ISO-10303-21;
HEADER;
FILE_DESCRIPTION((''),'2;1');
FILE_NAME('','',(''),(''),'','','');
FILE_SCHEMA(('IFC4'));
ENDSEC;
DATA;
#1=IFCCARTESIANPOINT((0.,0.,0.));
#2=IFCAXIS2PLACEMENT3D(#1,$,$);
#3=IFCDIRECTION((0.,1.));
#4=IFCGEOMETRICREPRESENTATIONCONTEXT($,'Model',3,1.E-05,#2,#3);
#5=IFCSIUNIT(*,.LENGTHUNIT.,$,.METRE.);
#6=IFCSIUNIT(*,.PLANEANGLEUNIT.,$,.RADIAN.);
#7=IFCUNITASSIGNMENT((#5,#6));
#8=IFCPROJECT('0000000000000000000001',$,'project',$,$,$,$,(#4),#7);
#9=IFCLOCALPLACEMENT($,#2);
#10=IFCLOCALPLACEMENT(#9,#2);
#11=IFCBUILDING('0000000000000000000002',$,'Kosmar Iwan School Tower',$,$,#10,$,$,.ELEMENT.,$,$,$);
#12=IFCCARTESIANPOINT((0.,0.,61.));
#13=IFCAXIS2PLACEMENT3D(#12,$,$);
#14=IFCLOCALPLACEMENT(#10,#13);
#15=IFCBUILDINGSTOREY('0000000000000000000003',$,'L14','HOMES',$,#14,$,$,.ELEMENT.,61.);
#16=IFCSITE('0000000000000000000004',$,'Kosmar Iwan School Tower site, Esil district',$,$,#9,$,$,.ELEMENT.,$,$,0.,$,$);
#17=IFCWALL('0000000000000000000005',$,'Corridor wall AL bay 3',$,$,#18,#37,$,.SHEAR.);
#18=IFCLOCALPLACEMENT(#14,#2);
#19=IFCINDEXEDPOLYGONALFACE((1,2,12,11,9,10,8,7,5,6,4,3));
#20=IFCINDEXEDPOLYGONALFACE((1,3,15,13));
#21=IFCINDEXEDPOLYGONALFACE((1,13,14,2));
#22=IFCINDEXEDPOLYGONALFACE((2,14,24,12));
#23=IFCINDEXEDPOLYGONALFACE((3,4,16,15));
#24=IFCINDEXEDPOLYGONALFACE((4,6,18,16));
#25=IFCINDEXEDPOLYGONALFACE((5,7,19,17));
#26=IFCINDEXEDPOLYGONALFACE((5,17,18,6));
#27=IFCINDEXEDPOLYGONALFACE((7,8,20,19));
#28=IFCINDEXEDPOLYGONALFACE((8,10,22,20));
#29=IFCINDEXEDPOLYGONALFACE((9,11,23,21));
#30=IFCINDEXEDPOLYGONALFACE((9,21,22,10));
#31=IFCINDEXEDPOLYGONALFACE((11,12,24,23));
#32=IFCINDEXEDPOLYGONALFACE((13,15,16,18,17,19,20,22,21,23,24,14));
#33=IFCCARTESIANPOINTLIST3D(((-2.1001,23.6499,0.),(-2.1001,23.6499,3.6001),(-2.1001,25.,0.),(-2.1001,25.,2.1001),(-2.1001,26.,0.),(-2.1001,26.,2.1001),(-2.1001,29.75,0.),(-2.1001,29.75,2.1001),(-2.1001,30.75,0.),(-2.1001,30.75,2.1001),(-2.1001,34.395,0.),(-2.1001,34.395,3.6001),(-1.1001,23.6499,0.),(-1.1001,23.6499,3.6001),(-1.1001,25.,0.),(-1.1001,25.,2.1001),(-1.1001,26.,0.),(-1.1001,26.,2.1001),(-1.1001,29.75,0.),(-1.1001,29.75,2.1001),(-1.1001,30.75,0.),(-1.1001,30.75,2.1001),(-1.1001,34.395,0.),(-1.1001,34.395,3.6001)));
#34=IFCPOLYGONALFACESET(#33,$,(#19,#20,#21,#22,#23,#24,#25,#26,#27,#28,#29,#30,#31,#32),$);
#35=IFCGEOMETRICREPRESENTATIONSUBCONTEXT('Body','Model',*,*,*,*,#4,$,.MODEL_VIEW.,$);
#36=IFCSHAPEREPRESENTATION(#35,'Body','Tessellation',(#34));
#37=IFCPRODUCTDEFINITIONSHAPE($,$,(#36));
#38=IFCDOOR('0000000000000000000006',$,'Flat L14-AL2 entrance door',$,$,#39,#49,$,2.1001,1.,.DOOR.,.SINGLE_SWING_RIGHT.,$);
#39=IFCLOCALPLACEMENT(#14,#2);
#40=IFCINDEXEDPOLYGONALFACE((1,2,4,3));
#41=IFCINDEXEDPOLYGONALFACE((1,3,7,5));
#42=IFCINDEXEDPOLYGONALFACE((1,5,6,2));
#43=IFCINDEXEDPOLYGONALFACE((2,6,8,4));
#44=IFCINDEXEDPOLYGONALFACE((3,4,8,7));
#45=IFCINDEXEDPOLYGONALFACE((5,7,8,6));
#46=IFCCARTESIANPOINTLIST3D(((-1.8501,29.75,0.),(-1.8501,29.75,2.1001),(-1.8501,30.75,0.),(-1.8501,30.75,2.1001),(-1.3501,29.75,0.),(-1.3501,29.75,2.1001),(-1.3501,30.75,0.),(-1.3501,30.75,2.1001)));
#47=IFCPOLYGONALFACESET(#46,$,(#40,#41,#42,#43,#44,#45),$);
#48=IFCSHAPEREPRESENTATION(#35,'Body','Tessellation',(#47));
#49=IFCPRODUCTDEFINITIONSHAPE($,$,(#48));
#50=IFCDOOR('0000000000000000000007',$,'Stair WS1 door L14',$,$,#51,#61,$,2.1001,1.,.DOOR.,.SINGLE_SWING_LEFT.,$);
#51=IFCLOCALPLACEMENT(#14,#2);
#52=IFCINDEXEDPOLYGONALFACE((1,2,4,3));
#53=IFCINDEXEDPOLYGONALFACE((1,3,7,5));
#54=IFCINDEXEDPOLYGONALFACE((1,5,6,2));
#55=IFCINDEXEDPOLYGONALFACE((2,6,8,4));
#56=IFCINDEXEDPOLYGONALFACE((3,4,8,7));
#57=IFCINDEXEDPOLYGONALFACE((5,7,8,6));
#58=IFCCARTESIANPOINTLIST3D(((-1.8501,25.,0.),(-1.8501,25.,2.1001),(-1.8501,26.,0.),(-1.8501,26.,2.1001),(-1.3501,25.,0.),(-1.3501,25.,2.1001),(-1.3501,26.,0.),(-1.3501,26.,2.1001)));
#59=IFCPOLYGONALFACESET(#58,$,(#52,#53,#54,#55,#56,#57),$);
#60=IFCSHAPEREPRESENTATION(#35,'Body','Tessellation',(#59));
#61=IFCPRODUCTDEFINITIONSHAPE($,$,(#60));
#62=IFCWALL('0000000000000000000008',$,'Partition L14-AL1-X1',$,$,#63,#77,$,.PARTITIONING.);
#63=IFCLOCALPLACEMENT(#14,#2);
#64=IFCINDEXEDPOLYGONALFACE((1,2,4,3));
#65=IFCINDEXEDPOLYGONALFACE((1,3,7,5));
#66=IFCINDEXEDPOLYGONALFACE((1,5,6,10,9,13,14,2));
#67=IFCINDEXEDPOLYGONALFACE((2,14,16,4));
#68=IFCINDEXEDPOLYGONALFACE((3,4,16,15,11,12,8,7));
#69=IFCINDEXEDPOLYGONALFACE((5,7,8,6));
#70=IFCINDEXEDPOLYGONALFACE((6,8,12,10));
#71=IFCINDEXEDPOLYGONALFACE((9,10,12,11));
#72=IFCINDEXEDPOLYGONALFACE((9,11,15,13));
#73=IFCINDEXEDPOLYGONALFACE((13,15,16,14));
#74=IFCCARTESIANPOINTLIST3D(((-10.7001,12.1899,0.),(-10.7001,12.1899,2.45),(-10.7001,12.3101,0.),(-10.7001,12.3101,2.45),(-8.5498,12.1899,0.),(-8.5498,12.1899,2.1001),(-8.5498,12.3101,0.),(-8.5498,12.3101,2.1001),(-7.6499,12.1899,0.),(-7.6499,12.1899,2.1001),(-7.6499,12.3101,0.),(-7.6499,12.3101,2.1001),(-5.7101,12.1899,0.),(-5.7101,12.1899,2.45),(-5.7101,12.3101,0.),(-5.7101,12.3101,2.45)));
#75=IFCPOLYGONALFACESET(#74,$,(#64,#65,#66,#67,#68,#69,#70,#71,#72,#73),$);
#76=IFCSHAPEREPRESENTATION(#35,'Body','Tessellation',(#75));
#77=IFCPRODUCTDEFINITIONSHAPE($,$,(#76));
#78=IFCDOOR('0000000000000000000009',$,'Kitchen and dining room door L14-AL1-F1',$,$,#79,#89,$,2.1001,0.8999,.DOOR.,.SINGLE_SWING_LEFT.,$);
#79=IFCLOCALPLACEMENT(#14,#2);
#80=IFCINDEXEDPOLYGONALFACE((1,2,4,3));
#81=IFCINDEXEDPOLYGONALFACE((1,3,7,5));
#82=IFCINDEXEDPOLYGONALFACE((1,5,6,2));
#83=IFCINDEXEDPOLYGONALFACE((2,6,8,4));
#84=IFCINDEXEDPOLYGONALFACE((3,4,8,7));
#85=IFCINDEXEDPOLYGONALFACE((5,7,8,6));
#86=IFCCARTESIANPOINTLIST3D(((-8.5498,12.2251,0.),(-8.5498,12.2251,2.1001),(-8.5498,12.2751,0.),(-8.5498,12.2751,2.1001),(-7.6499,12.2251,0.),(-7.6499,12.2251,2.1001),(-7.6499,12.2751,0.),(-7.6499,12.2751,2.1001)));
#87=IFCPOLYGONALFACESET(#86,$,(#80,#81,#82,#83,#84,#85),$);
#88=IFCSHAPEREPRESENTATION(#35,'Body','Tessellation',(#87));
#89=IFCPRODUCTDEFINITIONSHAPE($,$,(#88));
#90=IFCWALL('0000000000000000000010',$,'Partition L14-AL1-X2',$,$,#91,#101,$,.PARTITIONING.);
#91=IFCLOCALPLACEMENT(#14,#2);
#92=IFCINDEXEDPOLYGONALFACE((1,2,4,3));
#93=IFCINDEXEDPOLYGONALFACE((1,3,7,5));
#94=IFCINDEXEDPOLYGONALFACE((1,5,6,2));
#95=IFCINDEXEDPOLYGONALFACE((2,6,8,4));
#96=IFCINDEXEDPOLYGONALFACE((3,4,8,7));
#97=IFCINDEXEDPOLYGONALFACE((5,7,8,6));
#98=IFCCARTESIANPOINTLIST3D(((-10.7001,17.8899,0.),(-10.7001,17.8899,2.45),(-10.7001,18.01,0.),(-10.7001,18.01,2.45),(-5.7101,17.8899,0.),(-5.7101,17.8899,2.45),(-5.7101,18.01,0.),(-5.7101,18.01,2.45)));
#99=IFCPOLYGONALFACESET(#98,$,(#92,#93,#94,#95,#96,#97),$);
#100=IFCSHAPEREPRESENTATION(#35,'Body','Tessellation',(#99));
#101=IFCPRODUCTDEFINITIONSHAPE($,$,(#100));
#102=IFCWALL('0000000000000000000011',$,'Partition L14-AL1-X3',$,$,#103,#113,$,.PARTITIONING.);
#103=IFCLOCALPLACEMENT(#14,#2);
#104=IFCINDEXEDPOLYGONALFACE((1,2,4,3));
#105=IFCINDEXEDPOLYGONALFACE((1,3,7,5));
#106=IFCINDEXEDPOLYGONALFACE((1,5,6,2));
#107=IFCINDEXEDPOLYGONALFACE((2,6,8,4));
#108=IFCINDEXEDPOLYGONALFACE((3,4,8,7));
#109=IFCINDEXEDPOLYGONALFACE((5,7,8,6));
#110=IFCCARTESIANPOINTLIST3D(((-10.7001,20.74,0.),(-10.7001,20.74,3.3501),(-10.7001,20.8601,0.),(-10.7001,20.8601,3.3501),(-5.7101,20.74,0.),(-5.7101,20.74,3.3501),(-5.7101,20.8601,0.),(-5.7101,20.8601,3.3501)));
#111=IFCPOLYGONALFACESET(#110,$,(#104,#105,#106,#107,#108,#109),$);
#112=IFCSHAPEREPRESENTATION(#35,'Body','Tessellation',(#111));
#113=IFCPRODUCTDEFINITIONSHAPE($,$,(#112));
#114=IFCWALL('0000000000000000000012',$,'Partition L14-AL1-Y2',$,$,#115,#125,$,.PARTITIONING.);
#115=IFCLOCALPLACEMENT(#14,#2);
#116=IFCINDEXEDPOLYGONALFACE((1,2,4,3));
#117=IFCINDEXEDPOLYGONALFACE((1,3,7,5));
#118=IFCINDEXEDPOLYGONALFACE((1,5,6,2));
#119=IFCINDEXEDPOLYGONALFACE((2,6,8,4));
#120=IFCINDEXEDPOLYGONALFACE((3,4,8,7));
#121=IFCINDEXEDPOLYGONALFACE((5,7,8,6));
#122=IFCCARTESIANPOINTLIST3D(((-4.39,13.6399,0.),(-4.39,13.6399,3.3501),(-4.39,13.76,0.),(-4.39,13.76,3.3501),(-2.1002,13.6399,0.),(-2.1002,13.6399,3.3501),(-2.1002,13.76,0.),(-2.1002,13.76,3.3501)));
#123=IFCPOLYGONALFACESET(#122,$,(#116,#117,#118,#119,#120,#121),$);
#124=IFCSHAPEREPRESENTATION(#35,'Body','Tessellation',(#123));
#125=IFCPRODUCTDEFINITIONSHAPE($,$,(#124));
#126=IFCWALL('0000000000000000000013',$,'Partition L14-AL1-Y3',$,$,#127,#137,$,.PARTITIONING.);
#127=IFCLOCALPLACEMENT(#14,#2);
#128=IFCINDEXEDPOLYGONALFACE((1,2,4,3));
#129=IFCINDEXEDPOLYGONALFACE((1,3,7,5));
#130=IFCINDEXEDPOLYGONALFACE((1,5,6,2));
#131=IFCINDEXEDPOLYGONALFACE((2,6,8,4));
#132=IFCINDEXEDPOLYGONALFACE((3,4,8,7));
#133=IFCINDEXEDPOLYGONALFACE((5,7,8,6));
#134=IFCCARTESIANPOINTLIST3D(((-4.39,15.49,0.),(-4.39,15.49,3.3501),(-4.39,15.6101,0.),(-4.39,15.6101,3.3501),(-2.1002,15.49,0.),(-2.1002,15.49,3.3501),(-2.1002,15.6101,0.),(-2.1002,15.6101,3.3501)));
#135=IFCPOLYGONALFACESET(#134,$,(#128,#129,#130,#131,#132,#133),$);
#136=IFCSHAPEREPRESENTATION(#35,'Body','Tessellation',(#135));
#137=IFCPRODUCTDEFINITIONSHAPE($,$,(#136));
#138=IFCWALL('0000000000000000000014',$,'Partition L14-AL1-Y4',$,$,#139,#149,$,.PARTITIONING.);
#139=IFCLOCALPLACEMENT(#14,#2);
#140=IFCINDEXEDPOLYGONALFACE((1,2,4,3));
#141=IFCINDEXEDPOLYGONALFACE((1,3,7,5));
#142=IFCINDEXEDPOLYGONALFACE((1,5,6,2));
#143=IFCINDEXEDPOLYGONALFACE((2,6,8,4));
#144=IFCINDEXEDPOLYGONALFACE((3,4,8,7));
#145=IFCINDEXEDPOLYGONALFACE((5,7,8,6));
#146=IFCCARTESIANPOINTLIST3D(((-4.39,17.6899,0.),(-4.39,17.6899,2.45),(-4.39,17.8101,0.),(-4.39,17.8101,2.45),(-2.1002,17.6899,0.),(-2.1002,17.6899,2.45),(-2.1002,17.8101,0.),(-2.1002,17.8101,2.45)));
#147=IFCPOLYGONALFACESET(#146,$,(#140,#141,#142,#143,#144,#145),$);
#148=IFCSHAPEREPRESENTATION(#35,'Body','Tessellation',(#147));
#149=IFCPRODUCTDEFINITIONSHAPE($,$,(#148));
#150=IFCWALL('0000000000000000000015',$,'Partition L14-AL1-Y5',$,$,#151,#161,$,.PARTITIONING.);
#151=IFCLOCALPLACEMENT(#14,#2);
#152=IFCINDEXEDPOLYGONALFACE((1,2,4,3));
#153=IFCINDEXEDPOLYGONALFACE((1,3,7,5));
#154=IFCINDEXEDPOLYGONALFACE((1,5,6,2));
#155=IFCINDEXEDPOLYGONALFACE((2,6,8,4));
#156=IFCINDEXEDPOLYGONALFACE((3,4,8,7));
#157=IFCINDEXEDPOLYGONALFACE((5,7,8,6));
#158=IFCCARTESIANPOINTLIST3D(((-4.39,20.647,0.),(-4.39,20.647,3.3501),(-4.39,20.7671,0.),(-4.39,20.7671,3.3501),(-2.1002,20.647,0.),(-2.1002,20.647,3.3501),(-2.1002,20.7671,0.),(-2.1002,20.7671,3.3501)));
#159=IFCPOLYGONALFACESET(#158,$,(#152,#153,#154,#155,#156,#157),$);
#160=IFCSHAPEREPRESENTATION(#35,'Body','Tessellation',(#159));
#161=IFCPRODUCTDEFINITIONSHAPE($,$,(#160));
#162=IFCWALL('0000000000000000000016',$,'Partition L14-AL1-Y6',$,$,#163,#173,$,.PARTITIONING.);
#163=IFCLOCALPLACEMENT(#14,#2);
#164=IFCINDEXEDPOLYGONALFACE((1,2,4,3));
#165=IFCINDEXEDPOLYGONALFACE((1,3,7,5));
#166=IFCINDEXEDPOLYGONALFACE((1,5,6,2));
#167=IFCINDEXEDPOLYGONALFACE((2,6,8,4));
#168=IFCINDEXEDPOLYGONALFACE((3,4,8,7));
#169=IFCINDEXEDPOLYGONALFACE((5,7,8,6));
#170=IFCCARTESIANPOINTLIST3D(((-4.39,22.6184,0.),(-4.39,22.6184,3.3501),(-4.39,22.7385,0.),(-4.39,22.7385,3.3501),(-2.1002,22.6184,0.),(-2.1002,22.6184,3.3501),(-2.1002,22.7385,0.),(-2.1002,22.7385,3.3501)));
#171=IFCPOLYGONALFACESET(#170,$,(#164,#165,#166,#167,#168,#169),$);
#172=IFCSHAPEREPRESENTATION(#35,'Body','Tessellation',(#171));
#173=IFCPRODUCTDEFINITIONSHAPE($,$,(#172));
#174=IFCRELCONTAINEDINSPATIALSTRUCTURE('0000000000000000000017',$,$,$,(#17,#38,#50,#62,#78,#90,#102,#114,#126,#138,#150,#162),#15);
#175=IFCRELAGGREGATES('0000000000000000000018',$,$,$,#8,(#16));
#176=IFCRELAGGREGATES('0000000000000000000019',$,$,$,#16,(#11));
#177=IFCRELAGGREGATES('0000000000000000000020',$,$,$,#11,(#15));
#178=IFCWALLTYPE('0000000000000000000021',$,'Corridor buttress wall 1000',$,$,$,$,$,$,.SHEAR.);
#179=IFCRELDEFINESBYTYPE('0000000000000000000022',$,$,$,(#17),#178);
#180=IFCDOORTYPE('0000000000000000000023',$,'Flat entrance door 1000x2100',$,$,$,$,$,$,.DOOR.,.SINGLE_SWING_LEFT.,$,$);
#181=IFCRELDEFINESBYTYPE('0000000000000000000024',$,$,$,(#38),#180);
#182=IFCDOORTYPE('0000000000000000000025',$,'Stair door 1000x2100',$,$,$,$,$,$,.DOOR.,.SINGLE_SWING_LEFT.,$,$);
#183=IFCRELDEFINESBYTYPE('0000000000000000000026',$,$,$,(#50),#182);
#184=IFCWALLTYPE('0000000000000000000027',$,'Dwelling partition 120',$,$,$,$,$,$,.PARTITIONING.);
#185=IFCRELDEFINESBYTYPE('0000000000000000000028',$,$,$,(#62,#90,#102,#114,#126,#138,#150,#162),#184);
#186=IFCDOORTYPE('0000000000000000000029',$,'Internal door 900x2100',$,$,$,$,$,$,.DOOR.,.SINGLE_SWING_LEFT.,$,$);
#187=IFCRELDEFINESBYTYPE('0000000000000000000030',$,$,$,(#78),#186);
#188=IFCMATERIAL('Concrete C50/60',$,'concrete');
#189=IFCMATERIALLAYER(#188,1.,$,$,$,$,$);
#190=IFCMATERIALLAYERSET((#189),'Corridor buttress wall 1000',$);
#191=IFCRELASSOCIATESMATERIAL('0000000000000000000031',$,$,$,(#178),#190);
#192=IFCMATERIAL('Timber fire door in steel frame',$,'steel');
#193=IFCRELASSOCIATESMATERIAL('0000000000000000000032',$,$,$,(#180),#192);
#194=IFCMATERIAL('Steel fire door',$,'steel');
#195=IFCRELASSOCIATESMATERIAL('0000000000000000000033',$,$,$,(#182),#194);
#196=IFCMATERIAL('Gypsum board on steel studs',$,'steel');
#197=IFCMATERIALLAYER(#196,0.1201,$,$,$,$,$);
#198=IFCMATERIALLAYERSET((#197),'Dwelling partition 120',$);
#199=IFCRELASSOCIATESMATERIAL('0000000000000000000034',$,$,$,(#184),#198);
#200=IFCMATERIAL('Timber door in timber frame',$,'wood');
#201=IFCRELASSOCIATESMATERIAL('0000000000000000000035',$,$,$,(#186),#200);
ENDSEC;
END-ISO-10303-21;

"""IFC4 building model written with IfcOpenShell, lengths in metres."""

from ifc_helpers import new_model, si_unit, direction, frame, frame_2d, origin, place, context, subcontext, project, spatial, rectangle, extrude, material, layer, layer_set, type_object, element, fill, save


model = new_model("IFC4")

# Units and contexts
model_context = context("Model", 3, precision=1e-05, world=origin(), true_north=direction((0.0, 1.0)))
body_context = subcontext(model_context, "Body", "Model", "MODEL_VIEW")
ifc_project = project(units=[si_unit("LENGTHUNIT", "METRE"), si_unit("PLANEANGLEUNIT", "RADIAN")], contexts=[model_context])

# Site, building, storey
site_placement = place(None, origin())
site = spatial("IfcSite", under=ifc_project, at=site_placement, Name="Kosmar Iwan School Tower site, Esil district", CompositionType="ELEMENT", RefElevation=0.0)
building_placement = place(site_placement, origin())
building = spatial("IfcBuilding", under=site, at=building_placement, Name="Kosmar Iwan School Tower", CompositionType="ELEMENT")
storey_placement = place(building_placement, frame((0.0, 0.0, 61.0)))
storey = spatial("IfcBuildingStorey", under=building, at=storey_placement, Name="L14", Description="HOMES", CompositionType="ELEMENT", Elevation=61.0)

# Shared definitions
ifc_material_1 = material(Name="Concrete C50/60", Category="concrete")
ifc_layer_1 = layer(ifc_material_1, 1.0)
ifc_layer_set_1 = layer_set([ifc_layer_1], Name="Corridor buttress wall 1000")
wall_type_1 = type_object("IfcWallType", Name="Corridor buttress wall 1000", PredefinedType="SHEAR", material=ifc_layer_set_1)

# Wall, openings, doors
wall_1_placement = place(storey_placement, frame((-1.6001, 23.6499, 0.0), z_axis=(0.0, 0.0, 1.0), x_axis=(0.0, 1.0, 0.0)))
wall_1 = element("IfcWall", 1, at=wall_1_placement, inside=storey, type_object=wall_type_1, Name="Corridor wall AL bay 3", PredefinedType="SHEAR", context=body_context, shape_type="SweptSolid", body=[
    extrude(rectangle(XDim=10.7451, YDim=1.0, at=frame_2d((5.3726, 0.0))), origin(), (0.0, 0.0, 1.0), 3.6001),
])
opening_1_placement = place(wall_1_placement, frame((6.1001, 0.0, 0.0)))
opening_1 = element("IfcOpeningElement", 2, at=opening_1_placement, cuts=wall_1, PredefinedType="OPENING", context=body_context, shape_type="SweptSolid", body=[
    extrude(rectangle(XDim=1.0, YDim=2.1001, at=frame_2d((0.5, 1.05))), frame((0.0, 0.512, 0.0), z_axis=(0.0, -1.0, 0.0), x_axis=(1.0, 0.0, 0.0)), (0.0, 0.0, 1.0), 1.0239),
])
opening_2_placement = place(wall_1_placement, frame((1.3501, 0.0, 0.0)))
opening_2 = element("IfcOpeningElement", 3, at=opening_2_placement, cuts=wall_1, PredefinedType="OPENING", context=body_context, shape_type="SweptSolid", body=[
    extrude(rectangle(XDim=1.0, YDim=2.1001, at=frame_2d((0.5, 1.05))), frame((0.0, 0.512, 0.0), z_axis=(0.0, -1.0, 0.0), x_axis=(1.0, 0.0, 0.0)), (0.0, 0.0, 1.0), 1.0239),
])
ifc_material_2 = material(Name="Timber fire door in steel frame", Category="steel")
door_type_1 = type_object("IfcDoorType", Name="Flat entrance door 1000x2100", OperationType="SINGLE_SWING_LEFT", PredefinedType="DOOR", material=ifc_material_2)
door_1_placement = place(opening_1_placement, origin())
door_1 = element("IfcDoor", 4, at=door_1_placement, inside=storey, type_object=door_type_1, Name="Flat L14-AL2 entrance door", OperationType="SINGLE_SWING_RIGHT", OverallHeight=2.1001, OverallWidth=1.0, PredefinedType="DOOR", context=body_context, shape_type="SweptSolid", body=[
    extrude(rectangle(XDim=1.0, YDim=2.1001, at=frame_2d((0.5, 1.05))), frame((0.0, 0.25, 0.0), z_axis=(0.0, -1.0, 0.0), x_axis=(1.0, 0.0, 0.0)), (0.0, 0.0, 1.0), 0.5),
])
fill(opening_1, door_1)
ifc_material_3 = material(Name="Steel fire door", Category="steel")
door_type_2 = type_object("IfcDoorType", Name="Stair door 1000x2100", OperationType="SINGLE_SWING_LEFT", PredefinedType="DOOR", material=ifc_material_3)
door_2_placement = place(opening_2_placement, origin())
door_2 = element("IfcDoor", 5, at=door_2_placement, inside=storey, type_object=door_type_2, Name="Stair WS1 door L14", OperationType="SINGLE_SWING_LEFT", OverallHeight=2.1001, OverallWidth=1.0, PredefinedType="DOOR", context=body_context, shape_type="SweptSolid", body=[
    extrude(rectangle(XDim=1.0, YDim=2.1001, at=frame_2d((0.5, 1.05))), frame((0.0, 0.25, 0.0), z_axis=(0.0, -1.0, 0.0), x_axis=(1.0, 0.0, 0.0)), (0.0, 0.0, 1.0), 0.5),
])
fill(opening_2, door_2)

# Wall, opening, door
ifc_material_4 = material(Name="Gypsum board on steel studs", Category="steel")
ifc_layer_2 = layer(ifc_material_4, 0.1201)
ifc_layer_set_2 = layer_set([ifc_layer_2], Name="Dwelling partition 120")
wall_type_2 = type_object("IfcWallType", Name="Dwelling partition 120", PredefinedType="PARTITIONING", material=ifc_layer_set_2)
wall_2_placement = place(storey_placement, frame((-5.71, 12.25, 0.0), z_axis=(0.0, 0.0, 1.0), x_axis=(-1.0, 0.0, 0.0)))
wall_2 = element("IfcWall", 6, at=wall_2_placement, inside=storey, type_object=wall_type_2, Name="Partition L14-AL1-X1", PredefinedType="PARTITIONING", context=body_context, shape_type="SweptSolid", body=[
    extrude(rectangle(XDim=4.99, YDim=0.1201, at=frame_2d((2.4951, 0.0))), origin(), (0.0, 0.0, 1.0), 2.45),
])
opening_3_placement = place(wall_2_placement, frame((1.9399, 0.0, 0.0)))
opening_3 = element("IfcOpeningElement", 7, at=opening_3_placement, cuts=wall_2, PredefinedType="OPENING", context=body_context, shape_type="SweptSolid", body=[
    extrude(rectangle(XDim=0.8999, YDim=2.1001, at=frame_2d((0.45, 1.05))), frame((0.0, 0.072, 0.0), z_axis=(0.0, -1.0, 0.0), x_axis=(1.0, 0.0, 0.0)), (0.0, 0.0, 1.0), 0.144),
])
ifc_material_5 = material(Name="Timber door in timber frame", Category="wood")
door_type_3 = type_object("IfcDoorType", Name="Internal door 900x2100", OperationType="SINGLE_SWING_LEFT", PredefinedType="DOOR", material=ifc_material_5)
door_3_placement = place(opening_3_placement, origin())
door_3 = element("IfcDoor", 8, at=door_3_placement, inside=storey, type_object=door_type_3, Name="Kitchen and dining room door L14-AL1-F1", OperationType="SINGLE_SWING_LEFT", OverallHeight=2.1001, OverallWidth=0.8999, PredefinedType="DOOR", context=body_context, shape_type="SweptSolid", body=[
    extrude(rectangle(XDim=0.8999, YDim=2.1001, at=frame_2d((0.45, 1.05))), frame((0.0, 0.0249, 0.0), z_axis=(0.0, -1.0, 0.0), x_axis=(1.0, 0.0, 0.0)), (0.0, 0.0, 1.0), 0.05),
])
fill(opening_3, door_3)

# Walls
wall_3_placement = place(storey_placement, frame((-5.71, 17.95, 0.0), z_axis=(0.0, 0.0, 1.0), x_axis=(-1.0, 0.0, 0.0)))
element("IfcWall", 9, at=wall_3_placement, inside=storey, type_object=wall_type_2, Name="Partition L14-AL1-X2", PredefinedType="PARTITIONING", context=body_context, shape_type="SweptSolid", body=[
    extrude(rectangle(XDim=4.99, YDim=0.1201, at=frame_2d((2.4951, 0.0))), origin(), (0.0, 0.0, 1.0), 2.45),
])
wall_4_placement = place(storey_placement, frame((-5.71, 20.8, 0.0), z_axis=(0.0, 0.0, 1.0), x_axis=(-1.0, 0.0, 0.0)))
element("IfcWall", 10, at=wall_4_placement, inside=storey, type_object=wall_type_2, Name="Partition L14-AL1-X3", PredefinedType="PARTITIONING", context=body_context, shape_type="SweptSolid", body=[
    extrude(rectangle(XDim=4.99, YDim=0.1201, at=frame_2d((2.4951, 0.0))), origin(), (0.0, 0.0, 1.0), 3.3501),
])
for number, where, z_axis, x_axis, name in (
    (11, (-2.1001, 13.7, 0.0), (0.0, 0.0, 1.0), (-1.0, 0.0, 0.0), "Partition L14-AL1-Y2"),
    (12, (-2.1001, 15.55, 0.0), (0.0, 0.0, 1.0), (-1.0, 0.0, 0.0), "Partition L14-AL1-Y3"),
):
    element("IfcWall", number, at=place(storey_placement, frame(where, z_axis=z_axis, x_axis=x_axis)), inside=storey, type_object=wall_type_2, Name=name, PredefinedType="PARTITIONING", context=body_context, shape_type="SweptSolid", body=[
        extrude(rectangle(XDim=2.2898, YDim=0.1201, at=frame_2d((1.145, 0.0))), origin(), (0.0, 0.0, 1.0), 3.3501),
    ])
wall_5_placement = place(storey_placement, frame((-2.1001, 17.75, 0.0), z_axis=(0.0, 0.0, 1.0), x_axis=(-1.0, 0.0, 0.0)))
element("IfcWall", 13, at=wall_5_placement, inside=storey, type_object=wall_type_2, Name="Partition L14-AL1-Y4", PredefinedType="PARTITIONING", context=body_context, shape_type="SweptSolid", body=[
    extrude(rectangle(XDim=2.2898, YDim=0.1201, at=frame_2d((1.145, 0.0))), origin(), (0.0, 0.0, 1.0), 2.45),
])
for number, where, z_axis, x_axis, name in (
    (14, (-2.1001, 20.707, 0.0), (0.0, 0.0, 1.0), (-1.0, 0.0, 0.0), "Partition L14-AL1-Y5"),
    (15, (-2.1001, 22.6785, 0.0), (0.0, 0.0, 1.0), (-1.0, 0.0, 0.0), "Partition L14-AL1-Y6"),
):
    element("IfcWall", number, at=place(storey_placement, frame(where, z_axis=z_axis, x_axis=x_axis)), inside=storey, type_object=wall_type_2, Name=name, PredefinedType="PARTITIONING", context=body_context, shape_type="SweptSolid", body=[
        extrude(rectangle(XDim=2.2898, YDim=0.1201, at=frame_2d((1.145, 0.0))), origin(), (0.0, 0.0, 1.0), 3.3501),
    ])

save(model, "model.ifc")
